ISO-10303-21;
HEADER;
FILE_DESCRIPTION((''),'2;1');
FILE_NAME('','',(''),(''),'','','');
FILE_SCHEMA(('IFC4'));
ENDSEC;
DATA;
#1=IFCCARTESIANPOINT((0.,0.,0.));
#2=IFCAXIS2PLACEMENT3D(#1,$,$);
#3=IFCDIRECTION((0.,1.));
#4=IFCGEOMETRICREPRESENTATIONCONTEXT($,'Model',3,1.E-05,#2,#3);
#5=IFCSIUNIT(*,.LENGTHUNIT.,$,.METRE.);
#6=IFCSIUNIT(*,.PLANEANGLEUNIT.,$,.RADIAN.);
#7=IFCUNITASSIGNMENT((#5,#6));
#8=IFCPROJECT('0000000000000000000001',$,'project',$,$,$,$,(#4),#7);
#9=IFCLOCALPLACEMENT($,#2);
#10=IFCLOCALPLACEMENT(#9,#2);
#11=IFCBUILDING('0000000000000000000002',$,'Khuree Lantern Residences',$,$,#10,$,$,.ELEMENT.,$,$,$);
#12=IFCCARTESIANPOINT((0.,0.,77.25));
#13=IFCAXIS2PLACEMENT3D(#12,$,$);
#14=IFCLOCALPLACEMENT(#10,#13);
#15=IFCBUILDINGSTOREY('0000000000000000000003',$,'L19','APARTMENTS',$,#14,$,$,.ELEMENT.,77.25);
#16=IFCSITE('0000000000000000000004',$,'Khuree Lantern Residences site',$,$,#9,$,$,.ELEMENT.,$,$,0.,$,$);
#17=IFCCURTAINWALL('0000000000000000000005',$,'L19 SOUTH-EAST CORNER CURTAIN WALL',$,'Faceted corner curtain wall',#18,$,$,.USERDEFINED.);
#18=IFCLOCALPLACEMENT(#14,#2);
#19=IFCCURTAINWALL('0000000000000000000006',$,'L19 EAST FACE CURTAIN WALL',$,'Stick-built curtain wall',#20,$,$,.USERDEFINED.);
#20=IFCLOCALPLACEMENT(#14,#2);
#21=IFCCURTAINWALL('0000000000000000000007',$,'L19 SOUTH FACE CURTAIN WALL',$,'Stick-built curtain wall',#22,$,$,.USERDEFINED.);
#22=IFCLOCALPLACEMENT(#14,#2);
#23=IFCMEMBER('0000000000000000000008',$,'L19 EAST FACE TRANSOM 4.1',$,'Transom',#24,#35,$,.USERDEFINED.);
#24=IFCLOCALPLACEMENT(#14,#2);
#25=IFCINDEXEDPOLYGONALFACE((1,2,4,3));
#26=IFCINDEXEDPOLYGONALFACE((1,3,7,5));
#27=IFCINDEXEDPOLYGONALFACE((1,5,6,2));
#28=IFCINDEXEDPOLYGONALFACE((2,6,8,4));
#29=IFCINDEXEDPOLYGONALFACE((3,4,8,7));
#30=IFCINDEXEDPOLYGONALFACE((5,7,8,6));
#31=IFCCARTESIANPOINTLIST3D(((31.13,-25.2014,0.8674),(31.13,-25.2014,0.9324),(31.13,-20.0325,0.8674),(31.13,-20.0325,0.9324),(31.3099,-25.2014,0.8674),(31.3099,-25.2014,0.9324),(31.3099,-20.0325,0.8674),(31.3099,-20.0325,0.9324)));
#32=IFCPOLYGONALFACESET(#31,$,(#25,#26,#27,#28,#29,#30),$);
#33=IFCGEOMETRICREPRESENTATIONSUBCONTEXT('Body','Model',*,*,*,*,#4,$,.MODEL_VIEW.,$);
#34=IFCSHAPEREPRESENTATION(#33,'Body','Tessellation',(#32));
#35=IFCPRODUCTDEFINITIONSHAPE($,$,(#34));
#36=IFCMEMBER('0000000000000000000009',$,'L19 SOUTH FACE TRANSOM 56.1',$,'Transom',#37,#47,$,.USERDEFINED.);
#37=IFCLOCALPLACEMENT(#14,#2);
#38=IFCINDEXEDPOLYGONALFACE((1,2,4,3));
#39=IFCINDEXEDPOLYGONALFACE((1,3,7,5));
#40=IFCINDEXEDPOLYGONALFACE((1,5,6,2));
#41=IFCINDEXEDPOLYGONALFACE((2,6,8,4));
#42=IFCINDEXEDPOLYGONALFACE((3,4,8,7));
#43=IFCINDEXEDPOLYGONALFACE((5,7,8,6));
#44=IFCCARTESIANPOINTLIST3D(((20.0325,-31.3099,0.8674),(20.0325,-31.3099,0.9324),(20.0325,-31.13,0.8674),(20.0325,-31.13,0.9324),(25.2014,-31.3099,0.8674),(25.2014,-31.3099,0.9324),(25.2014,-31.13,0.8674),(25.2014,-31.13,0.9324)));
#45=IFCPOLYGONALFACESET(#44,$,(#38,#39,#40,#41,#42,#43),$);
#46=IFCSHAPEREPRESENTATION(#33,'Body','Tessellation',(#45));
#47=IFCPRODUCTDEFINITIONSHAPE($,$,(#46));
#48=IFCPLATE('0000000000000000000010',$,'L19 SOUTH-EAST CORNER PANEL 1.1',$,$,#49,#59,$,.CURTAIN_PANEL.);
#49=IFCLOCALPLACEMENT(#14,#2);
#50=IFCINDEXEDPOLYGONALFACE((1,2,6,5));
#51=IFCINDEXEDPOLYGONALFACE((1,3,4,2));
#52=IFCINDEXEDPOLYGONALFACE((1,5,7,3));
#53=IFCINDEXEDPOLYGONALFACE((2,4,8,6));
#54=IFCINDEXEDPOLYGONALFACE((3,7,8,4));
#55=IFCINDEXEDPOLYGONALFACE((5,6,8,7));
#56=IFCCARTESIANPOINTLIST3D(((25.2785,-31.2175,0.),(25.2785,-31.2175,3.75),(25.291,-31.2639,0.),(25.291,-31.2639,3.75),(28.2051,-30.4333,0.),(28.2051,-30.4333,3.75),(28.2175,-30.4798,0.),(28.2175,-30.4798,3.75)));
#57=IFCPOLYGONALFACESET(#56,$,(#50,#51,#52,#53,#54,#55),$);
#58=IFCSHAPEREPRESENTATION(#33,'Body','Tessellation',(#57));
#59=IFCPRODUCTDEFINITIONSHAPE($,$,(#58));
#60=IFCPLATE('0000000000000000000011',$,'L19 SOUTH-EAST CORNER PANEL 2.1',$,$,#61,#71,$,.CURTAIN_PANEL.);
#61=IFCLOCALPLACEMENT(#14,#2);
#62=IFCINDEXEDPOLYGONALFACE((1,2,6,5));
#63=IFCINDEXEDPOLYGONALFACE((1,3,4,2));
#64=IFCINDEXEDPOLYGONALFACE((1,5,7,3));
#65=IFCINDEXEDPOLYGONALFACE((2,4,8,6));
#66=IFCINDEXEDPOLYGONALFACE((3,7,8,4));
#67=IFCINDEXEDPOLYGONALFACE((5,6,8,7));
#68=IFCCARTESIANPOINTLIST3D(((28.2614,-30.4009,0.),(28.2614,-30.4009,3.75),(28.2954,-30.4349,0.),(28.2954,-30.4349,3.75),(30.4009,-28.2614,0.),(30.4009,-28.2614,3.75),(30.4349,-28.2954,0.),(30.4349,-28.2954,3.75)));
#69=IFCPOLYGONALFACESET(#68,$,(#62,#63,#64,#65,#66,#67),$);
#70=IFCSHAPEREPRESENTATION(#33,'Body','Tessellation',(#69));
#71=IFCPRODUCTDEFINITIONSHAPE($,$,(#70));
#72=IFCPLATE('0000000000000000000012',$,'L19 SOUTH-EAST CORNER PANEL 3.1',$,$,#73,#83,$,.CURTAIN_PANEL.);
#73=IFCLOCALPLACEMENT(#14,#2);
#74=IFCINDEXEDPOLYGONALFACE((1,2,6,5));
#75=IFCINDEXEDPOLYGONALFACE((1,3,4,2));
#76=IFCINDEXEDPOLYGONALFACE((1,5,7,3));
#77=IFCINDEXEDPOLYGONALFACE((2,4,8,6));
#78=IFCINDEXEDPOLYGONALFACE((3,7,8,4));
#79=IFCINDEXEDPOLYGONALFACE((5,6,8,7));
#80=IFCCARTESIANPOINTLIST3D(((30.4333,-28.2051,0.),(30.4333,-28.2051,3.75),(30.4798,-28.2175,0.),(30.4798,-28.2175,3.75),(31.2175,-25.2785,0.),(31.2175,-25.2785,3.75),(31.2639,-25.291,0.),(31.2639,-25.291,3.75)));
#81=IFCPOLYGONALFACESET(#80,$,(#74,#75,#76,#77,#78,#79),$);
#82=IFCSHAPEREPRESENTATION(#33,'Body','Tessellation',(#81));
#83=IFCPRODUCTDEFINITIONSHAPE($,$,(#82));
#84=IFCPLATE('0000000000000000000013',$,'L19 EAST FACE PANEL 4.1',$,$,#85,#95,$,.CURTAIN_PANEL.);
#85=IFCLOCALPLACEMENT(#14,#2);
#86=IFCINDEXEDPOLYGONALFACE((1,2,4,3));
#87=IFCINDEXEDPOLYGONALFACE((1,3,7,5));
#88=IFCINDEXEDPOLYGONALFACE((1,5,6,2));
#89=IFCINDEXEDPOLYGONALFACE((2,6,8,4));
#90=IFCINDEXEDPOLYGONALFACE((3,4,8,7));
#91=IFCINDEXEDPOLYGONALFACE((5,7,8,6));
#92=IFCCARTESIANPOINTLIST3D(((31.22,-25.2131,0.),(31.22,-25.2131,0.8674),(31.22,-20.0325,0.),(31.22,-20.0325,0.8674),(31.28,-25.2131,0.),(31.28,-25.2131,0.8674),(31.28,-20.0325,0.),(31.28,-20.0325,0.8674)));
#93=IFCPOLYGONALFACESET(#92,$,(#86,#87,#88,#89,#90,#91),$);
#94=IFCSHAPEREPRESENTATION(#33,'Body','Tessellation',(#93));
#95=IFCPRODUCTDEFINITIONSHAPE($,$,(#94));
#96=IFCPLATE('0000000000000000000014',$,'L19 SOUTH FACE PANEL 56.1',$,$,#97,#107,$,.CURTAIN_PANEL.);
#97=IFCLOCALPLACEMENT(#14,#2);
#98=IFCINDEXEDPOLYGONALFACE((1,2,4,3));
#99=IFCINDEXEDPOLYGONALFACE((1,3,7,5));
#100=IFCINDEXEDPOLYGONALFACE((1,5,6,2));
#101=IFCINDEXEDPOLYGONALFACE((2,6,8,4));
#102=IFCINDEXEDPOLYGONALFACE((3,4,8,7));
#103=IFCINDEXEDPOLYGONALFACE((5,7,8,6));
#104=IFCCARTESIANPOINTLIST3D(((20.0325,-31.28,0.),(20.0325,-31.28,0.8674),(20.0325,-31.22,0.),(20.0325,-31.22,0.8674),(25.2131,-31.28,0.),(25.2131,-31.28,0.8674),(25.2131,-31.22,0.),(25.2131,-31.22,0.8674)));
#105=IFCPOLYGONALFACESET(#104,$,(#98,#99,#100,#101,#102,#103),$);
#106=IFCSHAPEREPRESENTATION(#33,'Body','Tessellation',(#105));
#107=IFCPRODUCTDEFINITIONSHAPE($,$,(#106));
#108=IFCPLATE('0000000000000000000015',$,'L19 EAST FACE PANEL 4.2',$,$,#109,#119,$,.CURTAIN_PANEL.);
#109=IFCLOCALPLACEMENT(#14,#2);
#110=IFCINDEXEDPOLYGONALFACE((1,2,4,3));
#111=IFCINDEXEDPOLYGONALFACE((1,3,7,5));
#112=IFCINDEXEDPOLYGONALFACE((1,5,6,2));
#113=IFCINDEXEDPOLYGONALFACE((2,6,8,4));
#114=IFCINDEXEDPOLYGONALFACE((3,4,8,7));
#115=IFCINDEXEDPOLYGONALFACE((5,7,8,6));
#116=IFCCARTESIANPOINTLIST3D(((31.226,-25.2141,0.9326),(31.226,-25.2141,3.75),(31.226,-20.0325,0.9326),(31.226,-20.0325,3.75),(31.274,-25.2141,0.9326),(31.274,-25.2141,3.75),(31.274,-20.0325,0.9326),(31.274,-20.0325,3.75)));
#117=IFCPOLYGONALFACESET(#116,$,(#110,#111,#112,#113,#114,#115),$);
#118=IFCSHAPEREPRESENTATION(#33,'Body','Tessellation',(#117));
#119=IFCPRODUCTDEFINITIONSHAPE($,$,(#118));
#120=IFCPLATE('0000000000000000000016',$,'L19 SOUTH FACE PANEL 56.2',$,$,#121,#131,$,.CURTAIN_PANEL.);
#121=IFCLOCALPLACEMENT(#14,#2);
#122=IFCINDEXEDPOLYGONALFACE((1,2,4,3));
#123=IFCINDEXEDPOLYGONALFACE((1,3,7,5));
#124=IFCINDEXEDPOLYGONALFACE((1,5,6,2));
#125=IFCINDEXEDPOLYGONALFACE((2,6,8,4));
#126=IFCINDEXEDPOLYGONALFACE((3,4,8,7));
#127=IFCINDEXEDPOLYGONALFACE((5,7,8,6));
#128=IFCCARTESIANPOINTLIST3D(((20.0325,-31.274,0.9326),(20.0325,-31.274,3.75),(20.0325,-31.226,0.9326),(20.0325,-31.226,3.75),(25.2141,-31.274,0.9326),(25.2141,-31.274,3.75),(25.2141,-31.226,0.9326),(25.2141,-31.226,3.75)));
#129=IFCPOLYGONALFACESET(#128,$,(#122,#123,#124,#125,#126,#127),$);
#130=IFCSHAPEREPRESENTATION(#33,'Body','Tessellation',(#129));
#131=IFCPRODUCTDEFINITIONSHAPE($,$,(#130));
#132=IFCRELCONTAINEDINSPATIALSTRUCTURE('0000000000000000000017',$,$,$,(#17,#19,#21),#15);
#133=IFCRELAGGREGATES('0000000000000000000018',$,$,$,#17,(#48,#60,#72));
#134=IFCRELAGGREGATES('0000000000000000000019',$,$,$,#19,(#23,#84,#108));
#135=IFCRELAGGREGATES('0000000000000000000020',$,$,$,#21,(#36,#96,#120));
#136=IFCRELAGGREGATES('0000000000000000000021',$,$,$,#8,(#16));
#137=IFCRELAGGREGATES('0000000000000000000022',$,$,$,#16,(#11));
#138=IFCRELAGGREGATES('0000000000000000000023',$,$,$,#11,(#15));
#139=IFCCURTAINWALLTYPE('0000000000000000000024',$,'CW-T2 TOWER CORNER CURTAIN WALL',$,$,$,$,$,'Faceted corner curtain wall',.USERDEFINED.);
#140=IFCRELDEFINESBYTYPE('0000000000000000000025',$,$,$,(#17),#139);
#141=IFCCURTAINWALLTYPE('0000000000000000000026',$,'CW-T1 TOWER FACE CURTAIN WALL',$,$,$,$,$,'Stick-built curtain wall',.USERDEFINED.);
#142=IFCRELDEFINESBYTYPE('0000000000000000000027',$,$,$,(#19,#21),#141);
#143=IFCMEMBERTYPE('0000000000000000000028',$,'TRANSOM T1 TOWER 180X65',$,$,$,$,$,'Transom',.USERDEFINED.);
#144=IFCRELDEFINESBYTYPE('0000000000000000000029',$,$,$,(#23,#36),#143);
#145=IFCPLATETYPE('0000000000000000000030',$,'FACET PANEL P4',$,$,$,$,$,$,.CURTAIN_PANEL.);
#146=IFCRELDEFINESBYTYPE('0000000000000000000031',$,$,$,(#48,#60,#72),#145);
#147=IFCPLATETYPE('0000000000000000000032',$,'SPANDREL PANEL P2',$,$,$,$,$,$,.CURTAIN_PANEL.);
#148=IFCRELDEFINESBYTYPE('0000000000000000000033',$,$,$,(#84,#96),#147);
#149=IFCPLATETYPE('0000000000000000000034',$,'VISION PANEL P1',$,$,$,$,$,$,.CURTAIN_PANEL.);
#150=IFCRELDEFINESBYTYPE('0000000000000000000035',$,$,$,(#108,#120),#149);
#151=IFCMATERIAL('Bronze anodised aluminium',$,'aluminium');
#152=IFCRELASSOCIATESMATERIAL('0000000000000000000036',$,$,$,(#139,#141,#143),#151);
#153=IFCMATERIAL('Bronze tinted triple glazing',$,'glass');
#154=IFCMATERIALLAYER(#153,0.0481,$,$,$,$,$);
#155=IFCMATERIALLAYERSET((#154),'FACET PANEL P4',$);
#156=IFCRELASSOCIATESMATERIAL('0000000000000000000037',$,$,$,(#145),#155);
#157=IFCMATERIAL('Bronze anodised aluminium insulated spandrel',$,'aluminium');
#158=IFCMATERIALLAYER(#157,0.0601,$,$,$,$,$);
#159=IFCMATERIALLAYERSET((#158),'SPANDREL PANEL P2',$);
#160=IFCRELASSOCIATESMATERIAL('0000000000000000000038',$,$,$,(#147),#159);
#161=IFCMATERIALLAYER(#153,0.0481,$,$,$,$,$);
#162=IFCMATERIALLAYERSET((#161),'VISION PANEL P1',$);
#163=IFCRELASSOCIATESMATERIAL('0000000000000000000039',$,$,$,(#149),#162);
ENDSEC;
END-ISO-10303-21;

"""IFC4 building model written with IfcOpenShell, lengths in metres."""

from ifc_helpers import new_model, si_unit, direction, frame, origin, origin_2d, place, context, subcontext, project, spatial, rectangle, extrude, material, layer, layer_set, material_profile, profile_set, type_object, element, aggregate, save


model = new_model("IFC4")

# Units and contexts
model_context = context("Model", 3, precision=1e-05, world=origin(), true_north=direction((0.0, 1.0)))
body_context = subcontext(model_context, "Body", "Model", "MODEL_VIEW")
ifc_project = project(units=[si_unit("LENGTHUNIT", "METRE"), si_unit("PLANEANGLEUNIT", "RADIAN")], contexts=[model_context])

# Site, building, storey
site_placement = place(None, origin())
site = spatial("IfcSite", under=ifc_project, at=site_placement, Name="Khuree Lantern Residences site", CompositionType="ELEMENT", RefElevation=0.0)
building_placement = place(site_placement, origin())
building = spatial("IfcBuilding", under=site, at=building_placement, Name="Khuree Lantern Residences", CompositionType="ELEMENT")
storey_placement = place(building_placement, frame((0.0, 0.0, 77.25)))
storey = spatial("IfcBuildingStorey", under=building, at=storey_placement, Name="L19", Description="APARTMENTS", CompositionType="ELEMENT", Elevation=77.25)

# Curtain wall
ifc_material_1 = material(Name="Bronze anodised aluminium", Category="aluminium")
curtain_wall_type_1 = type_object("IfcCurtainWallType", Name="CW-T2 TOWER CORNER CURTAIN WALL", ElementType="Faceted corner curtain wall", PredefinedType="USERDEFINED", material=ifc_material_1)
curtain_wall_1_placement = place(storey_placement, origin())
curtain_wall_1 = element("IfcCurtainWall", 1, at=curtain_wall_1_placement, inside=storey, type_object=curtain_wall_type_1, Name="L19 SOUTH-EAST CORNER CURTAIN WALL", ObjectType="Faceted corner curtain wall", PredefinedType="USERDEFINED")

# Curtain walls
curtain_wall_type_2 = type_object("IfcCurtainWallType", Name="CW-T1 TOWER FACE CURTAIN WALL", ElementType="Stick-built curtain wall", PredefinedType="USERDEFINED", material=ifc_material_1)
curtain_wall_2_placement = place(storey_placement, origin())
curtain_wall_2 = element("IfcCurtainWall", 2, at=curtain_wall_2_placement, inside=storey, type_object=curtain_wall_type_2, Name="L19 EAST FACE CURTAIN WALL", ObjectType="Stick-built curtain wall", PredefinedType="USERDEFINED")
curtain_wall_3_placement = place(storey_placement, origin())
curtain_wall_3 = element("IfcCurtainWall", 3, at=curtain_wall_3_placement, inside=storey, type_object=curtain_wall_type_2, Name="L19 SOUTH FACE CURTAIN WALL", ObjectType="Stick-built curtain wall", PredefinedType="USERDEFINED")

# Members
ifc_material_profile_1 = material_profile(ifc_material_1, rectangle(XDim=0.1799, YDim=0.0649, at=origin_2d()), Name="T1 180X65")
ifc_profile_set_1 = profile_set([ifc_material_profile_1], Name="Bronze anodised aluminium")
member_type_1 = type_object("IfcMemberType", Name="TRANSOM T1 TOWER 180X65", ElementType="Transom", PredefinedType="USERDEFINED", material=ifc_profile_set_1)
member_1_placement = place(storey_placement, frame((31.22, -25.2014, 0.8999), z_axis=(0.0, 1.0, 0.0), x_axis=(-1.0, 0.0, 0.0)))
member_1 = element("IfcMember", 4, at=member_1_placement, type_object=member_type_1, Name="L19 EAST FACE TRANSOM 4.1", ObjectType="Transom", PredefinedType="USERDEFINED", context=body_context, shape_type="SweptSolid", body=[
    extrude(rectangle(XDim=0.1799, YDim=0.0649, at=origin_2d()), origin(), (0.0, 0.0, 1.0), 5.1689),
])
member_2_placement = place(storey_placement, frame((20.0325, -31.22, 0.8999), z_axis=(1.0, 0.0, 0.0), x_axis=(0.0, 1.0, 0.0)))
member_2 = element("IfcMember", 5, at=member_2_placement, type_object=member_type_1, Name="L19 SOUTH FACE TRANSOM 56.1", ObjectType="Transom", PredefinedType="USERDEFINED", context=body_context, shape_type="SweptSolid", body=[
    extrude(rectangle(XDim=0.1799, YDim=0.0649, at=origin_2d()), origin(), (0.0, 0.0, 1.0), 5.1689),
])

# Plates
ifc_material_2 = material(Name="Bronze tinted triple glazing", Category="glass")
ifc_layer_1 = layer(ifc_material_2, 0.0481)
ifc_layer_set_1 = layer_set([ifc_layer_1], Name="FACET PANEL P4")
plate_type_1 = type_object("IfcPlateType", Name="FACET PANEL P4", PredefinedType="CURTAIN_PANEL", material=ifc_layer_set_1)
plate_1_placement = place(storey_placement, frame((26.748, -30.8486, 0.0), z_axis=(0.0, 0.0, 1.0), x_axis=(0.965926, 0.258819, 0.0)))
plate_1 = element("IfcPlate", 6, at=plate_1_placement, type_object=plate_type_1, Name="L19 SOUTH-EAST CORNER PANEL 1.1", PredefinedType="CURTAIN_PANEL", context=body_context, shape_type="SweptSolid", body=[
    extrude(rectangle(XDim=3.0298, YDim=0.0481, at=origin_2d()), origin(), (0.0, 0.0, 1.0), 3.75),
])
plate_2_placement = place(storey_placement, frame((29.3481, -29.3481, 0.0), z_axis=(0.0, 0.0, 1.0), x_axis=(0.707107, 0.707107, 0.0)))
plate_2 = element("IfcPlate", 7, at=plate_2_placement, type_object=plate_type_1, Name="L19 SOUTH-EAST CORNER PANEL 2.1", PredefinedType="CURTAIN_PANEL", context=body_context, shape_type="SweptSolid", body=[
    extrude(rectangle(XDim=3.0256, YDim=0.0481, at=origin_2d()), origin(), (0.0, 0.0, 1.0), 3.75),
])
plate_3_placement = place(storey_placement, frame((30.8486, -26.748, 0.0), z_axis=(0.0, 0.0, 1.0), x_axis=(0.258819, 0.965926, 0.0)))
plate_3 = element("IfcPlate", 8, at=plate_3_placement, type_object=plate_type_1, Name="L19 SOUTH-EAST CORNER PANEL 3.1", PredefinedType="CURTAIN_PANEL", context=body_context, shape_type="SweptSolid", body=[
    extrude(rectangle(XDim=3.0298, YDim=0.0481, at=origin_2d()), origin(), (0.0, 0.0, 1.0), 3.75),
])
aggregate(curtain_wall_1, [plate_1, plate_2, plate_3])
ifc_material_3 = material(Name="Bronze anodised aluminium insulated spandrel", Category="aluminium")
ifc_layer_2 = layer(ifc_material_3, 0.0601)
ifc_layer_set_2 = layer_set([ifc_layer_2], Name="SPANDREL PANEL P2")
plate_type_2 = type_object("IfcPlateType", Name="SPANDREL PANEL P2", PredefinedType="CURTAIN_PANEL", material=ifc_layer_set_2)
plate_4_placement = place(storey_placement, frame((31.25, -22.6228, 0.0), z_axis=(0.0, 0.0, 1.0), x_axis=(0.0, 1.0, 0.0)))
plate_4 = element("IfcPlate", 9, at=plate_4_placement, type_object=plate_type_2, Name="L19 EAST FACE PANEL 4.1", PredefinedType="CURTAIN_PANEL", context=body_context, shape_type="SweptSolid", body=[
    extrude(rectangle(XDim=5.1807, YDim=0.0601, at=origin_2d()), origin(), (0.0, 0.0, 1.0), 0.8674),
])
plate_5_placement = place(storey_placement, frame((22.6228, -31.25, 0.0), z_axis=(0.0, 0.0, 1.0), x_axis=(1.0, 0.0, 0.0)))
plate_5 = element("IfcPlate", 10, at=plate_5_placement, type_object=plate_type_2, Name="L19 SOUTH FACE PANEL 56.1", PredefinedType="CURTAIN_PANEL", context=body_context, shape_type="SweptSolid", body=[
    extrude(rectangle(XDim=5.1807, YDim=0.0601, at=origin_2d()), origin(), (0.0, 0.0, 1.0), 0.8674),
])
ifc_layer_3 = layer(ifc_material_2, 0.0481)
ifc_layer_set_3 = layer_set([ifc_layer_3], Name="VISION PANEL P1")
plate_type_3 = type_object("IfcPlateType", Name="VISION PANEL P1", PredefinedType="CURTAIN_PANEL", material=ifc_layer_set_3)
plate_6_placement = place(storey_placement, frame((31.25, -22.6233, 0.9326), z_axis=(0.0, 0.0, 1.0), x_axis=(0.0, 1.0, 0.0)))
plate_6 = element("IfcPlate", 11, at=plate_6_placement, type_object=plate_type_3, Name="L19 EAST FACE PANEL 4.2", PredefinedType="CURTAIN_PANEL", context=body_context, shape_type="SweptSolid", body=[
    extrude(rectangle(XDim=5.1816, YDim=0.0481, at=origin_2d()), origin(), (0.0, 0.0, 1.0), 2.8174),
])
aggregate(curtain_wall_2, [member_1, plate_4, plate_6])
plate_7_placement = place(storey_placement, frame((22.6233, -31.25, 0.9326), z_axis=(0.0, 0.0, 1.0), x_axis=(1.0, 0.0, 0.0)))
plate_7 = element("IfcPlate", 12, at=plate_7_placement, type_object=plate_type_3, Name="L19 SOUTH FACE PANEL 56.2", PredefinedType="CURTAIN_PANEL", context=body_context, shape_type="SweptSolid", body=[
    extrude(rectangle(XDim=5.1816, YDim=0.0481, at=origin_2d()), origin(), (0.0, 0.0, 1.0), 2.8174),
])
aggregate(curtain_wall_3, [member_2, plate_5, plate_7])

save(model, "model.ifc")
